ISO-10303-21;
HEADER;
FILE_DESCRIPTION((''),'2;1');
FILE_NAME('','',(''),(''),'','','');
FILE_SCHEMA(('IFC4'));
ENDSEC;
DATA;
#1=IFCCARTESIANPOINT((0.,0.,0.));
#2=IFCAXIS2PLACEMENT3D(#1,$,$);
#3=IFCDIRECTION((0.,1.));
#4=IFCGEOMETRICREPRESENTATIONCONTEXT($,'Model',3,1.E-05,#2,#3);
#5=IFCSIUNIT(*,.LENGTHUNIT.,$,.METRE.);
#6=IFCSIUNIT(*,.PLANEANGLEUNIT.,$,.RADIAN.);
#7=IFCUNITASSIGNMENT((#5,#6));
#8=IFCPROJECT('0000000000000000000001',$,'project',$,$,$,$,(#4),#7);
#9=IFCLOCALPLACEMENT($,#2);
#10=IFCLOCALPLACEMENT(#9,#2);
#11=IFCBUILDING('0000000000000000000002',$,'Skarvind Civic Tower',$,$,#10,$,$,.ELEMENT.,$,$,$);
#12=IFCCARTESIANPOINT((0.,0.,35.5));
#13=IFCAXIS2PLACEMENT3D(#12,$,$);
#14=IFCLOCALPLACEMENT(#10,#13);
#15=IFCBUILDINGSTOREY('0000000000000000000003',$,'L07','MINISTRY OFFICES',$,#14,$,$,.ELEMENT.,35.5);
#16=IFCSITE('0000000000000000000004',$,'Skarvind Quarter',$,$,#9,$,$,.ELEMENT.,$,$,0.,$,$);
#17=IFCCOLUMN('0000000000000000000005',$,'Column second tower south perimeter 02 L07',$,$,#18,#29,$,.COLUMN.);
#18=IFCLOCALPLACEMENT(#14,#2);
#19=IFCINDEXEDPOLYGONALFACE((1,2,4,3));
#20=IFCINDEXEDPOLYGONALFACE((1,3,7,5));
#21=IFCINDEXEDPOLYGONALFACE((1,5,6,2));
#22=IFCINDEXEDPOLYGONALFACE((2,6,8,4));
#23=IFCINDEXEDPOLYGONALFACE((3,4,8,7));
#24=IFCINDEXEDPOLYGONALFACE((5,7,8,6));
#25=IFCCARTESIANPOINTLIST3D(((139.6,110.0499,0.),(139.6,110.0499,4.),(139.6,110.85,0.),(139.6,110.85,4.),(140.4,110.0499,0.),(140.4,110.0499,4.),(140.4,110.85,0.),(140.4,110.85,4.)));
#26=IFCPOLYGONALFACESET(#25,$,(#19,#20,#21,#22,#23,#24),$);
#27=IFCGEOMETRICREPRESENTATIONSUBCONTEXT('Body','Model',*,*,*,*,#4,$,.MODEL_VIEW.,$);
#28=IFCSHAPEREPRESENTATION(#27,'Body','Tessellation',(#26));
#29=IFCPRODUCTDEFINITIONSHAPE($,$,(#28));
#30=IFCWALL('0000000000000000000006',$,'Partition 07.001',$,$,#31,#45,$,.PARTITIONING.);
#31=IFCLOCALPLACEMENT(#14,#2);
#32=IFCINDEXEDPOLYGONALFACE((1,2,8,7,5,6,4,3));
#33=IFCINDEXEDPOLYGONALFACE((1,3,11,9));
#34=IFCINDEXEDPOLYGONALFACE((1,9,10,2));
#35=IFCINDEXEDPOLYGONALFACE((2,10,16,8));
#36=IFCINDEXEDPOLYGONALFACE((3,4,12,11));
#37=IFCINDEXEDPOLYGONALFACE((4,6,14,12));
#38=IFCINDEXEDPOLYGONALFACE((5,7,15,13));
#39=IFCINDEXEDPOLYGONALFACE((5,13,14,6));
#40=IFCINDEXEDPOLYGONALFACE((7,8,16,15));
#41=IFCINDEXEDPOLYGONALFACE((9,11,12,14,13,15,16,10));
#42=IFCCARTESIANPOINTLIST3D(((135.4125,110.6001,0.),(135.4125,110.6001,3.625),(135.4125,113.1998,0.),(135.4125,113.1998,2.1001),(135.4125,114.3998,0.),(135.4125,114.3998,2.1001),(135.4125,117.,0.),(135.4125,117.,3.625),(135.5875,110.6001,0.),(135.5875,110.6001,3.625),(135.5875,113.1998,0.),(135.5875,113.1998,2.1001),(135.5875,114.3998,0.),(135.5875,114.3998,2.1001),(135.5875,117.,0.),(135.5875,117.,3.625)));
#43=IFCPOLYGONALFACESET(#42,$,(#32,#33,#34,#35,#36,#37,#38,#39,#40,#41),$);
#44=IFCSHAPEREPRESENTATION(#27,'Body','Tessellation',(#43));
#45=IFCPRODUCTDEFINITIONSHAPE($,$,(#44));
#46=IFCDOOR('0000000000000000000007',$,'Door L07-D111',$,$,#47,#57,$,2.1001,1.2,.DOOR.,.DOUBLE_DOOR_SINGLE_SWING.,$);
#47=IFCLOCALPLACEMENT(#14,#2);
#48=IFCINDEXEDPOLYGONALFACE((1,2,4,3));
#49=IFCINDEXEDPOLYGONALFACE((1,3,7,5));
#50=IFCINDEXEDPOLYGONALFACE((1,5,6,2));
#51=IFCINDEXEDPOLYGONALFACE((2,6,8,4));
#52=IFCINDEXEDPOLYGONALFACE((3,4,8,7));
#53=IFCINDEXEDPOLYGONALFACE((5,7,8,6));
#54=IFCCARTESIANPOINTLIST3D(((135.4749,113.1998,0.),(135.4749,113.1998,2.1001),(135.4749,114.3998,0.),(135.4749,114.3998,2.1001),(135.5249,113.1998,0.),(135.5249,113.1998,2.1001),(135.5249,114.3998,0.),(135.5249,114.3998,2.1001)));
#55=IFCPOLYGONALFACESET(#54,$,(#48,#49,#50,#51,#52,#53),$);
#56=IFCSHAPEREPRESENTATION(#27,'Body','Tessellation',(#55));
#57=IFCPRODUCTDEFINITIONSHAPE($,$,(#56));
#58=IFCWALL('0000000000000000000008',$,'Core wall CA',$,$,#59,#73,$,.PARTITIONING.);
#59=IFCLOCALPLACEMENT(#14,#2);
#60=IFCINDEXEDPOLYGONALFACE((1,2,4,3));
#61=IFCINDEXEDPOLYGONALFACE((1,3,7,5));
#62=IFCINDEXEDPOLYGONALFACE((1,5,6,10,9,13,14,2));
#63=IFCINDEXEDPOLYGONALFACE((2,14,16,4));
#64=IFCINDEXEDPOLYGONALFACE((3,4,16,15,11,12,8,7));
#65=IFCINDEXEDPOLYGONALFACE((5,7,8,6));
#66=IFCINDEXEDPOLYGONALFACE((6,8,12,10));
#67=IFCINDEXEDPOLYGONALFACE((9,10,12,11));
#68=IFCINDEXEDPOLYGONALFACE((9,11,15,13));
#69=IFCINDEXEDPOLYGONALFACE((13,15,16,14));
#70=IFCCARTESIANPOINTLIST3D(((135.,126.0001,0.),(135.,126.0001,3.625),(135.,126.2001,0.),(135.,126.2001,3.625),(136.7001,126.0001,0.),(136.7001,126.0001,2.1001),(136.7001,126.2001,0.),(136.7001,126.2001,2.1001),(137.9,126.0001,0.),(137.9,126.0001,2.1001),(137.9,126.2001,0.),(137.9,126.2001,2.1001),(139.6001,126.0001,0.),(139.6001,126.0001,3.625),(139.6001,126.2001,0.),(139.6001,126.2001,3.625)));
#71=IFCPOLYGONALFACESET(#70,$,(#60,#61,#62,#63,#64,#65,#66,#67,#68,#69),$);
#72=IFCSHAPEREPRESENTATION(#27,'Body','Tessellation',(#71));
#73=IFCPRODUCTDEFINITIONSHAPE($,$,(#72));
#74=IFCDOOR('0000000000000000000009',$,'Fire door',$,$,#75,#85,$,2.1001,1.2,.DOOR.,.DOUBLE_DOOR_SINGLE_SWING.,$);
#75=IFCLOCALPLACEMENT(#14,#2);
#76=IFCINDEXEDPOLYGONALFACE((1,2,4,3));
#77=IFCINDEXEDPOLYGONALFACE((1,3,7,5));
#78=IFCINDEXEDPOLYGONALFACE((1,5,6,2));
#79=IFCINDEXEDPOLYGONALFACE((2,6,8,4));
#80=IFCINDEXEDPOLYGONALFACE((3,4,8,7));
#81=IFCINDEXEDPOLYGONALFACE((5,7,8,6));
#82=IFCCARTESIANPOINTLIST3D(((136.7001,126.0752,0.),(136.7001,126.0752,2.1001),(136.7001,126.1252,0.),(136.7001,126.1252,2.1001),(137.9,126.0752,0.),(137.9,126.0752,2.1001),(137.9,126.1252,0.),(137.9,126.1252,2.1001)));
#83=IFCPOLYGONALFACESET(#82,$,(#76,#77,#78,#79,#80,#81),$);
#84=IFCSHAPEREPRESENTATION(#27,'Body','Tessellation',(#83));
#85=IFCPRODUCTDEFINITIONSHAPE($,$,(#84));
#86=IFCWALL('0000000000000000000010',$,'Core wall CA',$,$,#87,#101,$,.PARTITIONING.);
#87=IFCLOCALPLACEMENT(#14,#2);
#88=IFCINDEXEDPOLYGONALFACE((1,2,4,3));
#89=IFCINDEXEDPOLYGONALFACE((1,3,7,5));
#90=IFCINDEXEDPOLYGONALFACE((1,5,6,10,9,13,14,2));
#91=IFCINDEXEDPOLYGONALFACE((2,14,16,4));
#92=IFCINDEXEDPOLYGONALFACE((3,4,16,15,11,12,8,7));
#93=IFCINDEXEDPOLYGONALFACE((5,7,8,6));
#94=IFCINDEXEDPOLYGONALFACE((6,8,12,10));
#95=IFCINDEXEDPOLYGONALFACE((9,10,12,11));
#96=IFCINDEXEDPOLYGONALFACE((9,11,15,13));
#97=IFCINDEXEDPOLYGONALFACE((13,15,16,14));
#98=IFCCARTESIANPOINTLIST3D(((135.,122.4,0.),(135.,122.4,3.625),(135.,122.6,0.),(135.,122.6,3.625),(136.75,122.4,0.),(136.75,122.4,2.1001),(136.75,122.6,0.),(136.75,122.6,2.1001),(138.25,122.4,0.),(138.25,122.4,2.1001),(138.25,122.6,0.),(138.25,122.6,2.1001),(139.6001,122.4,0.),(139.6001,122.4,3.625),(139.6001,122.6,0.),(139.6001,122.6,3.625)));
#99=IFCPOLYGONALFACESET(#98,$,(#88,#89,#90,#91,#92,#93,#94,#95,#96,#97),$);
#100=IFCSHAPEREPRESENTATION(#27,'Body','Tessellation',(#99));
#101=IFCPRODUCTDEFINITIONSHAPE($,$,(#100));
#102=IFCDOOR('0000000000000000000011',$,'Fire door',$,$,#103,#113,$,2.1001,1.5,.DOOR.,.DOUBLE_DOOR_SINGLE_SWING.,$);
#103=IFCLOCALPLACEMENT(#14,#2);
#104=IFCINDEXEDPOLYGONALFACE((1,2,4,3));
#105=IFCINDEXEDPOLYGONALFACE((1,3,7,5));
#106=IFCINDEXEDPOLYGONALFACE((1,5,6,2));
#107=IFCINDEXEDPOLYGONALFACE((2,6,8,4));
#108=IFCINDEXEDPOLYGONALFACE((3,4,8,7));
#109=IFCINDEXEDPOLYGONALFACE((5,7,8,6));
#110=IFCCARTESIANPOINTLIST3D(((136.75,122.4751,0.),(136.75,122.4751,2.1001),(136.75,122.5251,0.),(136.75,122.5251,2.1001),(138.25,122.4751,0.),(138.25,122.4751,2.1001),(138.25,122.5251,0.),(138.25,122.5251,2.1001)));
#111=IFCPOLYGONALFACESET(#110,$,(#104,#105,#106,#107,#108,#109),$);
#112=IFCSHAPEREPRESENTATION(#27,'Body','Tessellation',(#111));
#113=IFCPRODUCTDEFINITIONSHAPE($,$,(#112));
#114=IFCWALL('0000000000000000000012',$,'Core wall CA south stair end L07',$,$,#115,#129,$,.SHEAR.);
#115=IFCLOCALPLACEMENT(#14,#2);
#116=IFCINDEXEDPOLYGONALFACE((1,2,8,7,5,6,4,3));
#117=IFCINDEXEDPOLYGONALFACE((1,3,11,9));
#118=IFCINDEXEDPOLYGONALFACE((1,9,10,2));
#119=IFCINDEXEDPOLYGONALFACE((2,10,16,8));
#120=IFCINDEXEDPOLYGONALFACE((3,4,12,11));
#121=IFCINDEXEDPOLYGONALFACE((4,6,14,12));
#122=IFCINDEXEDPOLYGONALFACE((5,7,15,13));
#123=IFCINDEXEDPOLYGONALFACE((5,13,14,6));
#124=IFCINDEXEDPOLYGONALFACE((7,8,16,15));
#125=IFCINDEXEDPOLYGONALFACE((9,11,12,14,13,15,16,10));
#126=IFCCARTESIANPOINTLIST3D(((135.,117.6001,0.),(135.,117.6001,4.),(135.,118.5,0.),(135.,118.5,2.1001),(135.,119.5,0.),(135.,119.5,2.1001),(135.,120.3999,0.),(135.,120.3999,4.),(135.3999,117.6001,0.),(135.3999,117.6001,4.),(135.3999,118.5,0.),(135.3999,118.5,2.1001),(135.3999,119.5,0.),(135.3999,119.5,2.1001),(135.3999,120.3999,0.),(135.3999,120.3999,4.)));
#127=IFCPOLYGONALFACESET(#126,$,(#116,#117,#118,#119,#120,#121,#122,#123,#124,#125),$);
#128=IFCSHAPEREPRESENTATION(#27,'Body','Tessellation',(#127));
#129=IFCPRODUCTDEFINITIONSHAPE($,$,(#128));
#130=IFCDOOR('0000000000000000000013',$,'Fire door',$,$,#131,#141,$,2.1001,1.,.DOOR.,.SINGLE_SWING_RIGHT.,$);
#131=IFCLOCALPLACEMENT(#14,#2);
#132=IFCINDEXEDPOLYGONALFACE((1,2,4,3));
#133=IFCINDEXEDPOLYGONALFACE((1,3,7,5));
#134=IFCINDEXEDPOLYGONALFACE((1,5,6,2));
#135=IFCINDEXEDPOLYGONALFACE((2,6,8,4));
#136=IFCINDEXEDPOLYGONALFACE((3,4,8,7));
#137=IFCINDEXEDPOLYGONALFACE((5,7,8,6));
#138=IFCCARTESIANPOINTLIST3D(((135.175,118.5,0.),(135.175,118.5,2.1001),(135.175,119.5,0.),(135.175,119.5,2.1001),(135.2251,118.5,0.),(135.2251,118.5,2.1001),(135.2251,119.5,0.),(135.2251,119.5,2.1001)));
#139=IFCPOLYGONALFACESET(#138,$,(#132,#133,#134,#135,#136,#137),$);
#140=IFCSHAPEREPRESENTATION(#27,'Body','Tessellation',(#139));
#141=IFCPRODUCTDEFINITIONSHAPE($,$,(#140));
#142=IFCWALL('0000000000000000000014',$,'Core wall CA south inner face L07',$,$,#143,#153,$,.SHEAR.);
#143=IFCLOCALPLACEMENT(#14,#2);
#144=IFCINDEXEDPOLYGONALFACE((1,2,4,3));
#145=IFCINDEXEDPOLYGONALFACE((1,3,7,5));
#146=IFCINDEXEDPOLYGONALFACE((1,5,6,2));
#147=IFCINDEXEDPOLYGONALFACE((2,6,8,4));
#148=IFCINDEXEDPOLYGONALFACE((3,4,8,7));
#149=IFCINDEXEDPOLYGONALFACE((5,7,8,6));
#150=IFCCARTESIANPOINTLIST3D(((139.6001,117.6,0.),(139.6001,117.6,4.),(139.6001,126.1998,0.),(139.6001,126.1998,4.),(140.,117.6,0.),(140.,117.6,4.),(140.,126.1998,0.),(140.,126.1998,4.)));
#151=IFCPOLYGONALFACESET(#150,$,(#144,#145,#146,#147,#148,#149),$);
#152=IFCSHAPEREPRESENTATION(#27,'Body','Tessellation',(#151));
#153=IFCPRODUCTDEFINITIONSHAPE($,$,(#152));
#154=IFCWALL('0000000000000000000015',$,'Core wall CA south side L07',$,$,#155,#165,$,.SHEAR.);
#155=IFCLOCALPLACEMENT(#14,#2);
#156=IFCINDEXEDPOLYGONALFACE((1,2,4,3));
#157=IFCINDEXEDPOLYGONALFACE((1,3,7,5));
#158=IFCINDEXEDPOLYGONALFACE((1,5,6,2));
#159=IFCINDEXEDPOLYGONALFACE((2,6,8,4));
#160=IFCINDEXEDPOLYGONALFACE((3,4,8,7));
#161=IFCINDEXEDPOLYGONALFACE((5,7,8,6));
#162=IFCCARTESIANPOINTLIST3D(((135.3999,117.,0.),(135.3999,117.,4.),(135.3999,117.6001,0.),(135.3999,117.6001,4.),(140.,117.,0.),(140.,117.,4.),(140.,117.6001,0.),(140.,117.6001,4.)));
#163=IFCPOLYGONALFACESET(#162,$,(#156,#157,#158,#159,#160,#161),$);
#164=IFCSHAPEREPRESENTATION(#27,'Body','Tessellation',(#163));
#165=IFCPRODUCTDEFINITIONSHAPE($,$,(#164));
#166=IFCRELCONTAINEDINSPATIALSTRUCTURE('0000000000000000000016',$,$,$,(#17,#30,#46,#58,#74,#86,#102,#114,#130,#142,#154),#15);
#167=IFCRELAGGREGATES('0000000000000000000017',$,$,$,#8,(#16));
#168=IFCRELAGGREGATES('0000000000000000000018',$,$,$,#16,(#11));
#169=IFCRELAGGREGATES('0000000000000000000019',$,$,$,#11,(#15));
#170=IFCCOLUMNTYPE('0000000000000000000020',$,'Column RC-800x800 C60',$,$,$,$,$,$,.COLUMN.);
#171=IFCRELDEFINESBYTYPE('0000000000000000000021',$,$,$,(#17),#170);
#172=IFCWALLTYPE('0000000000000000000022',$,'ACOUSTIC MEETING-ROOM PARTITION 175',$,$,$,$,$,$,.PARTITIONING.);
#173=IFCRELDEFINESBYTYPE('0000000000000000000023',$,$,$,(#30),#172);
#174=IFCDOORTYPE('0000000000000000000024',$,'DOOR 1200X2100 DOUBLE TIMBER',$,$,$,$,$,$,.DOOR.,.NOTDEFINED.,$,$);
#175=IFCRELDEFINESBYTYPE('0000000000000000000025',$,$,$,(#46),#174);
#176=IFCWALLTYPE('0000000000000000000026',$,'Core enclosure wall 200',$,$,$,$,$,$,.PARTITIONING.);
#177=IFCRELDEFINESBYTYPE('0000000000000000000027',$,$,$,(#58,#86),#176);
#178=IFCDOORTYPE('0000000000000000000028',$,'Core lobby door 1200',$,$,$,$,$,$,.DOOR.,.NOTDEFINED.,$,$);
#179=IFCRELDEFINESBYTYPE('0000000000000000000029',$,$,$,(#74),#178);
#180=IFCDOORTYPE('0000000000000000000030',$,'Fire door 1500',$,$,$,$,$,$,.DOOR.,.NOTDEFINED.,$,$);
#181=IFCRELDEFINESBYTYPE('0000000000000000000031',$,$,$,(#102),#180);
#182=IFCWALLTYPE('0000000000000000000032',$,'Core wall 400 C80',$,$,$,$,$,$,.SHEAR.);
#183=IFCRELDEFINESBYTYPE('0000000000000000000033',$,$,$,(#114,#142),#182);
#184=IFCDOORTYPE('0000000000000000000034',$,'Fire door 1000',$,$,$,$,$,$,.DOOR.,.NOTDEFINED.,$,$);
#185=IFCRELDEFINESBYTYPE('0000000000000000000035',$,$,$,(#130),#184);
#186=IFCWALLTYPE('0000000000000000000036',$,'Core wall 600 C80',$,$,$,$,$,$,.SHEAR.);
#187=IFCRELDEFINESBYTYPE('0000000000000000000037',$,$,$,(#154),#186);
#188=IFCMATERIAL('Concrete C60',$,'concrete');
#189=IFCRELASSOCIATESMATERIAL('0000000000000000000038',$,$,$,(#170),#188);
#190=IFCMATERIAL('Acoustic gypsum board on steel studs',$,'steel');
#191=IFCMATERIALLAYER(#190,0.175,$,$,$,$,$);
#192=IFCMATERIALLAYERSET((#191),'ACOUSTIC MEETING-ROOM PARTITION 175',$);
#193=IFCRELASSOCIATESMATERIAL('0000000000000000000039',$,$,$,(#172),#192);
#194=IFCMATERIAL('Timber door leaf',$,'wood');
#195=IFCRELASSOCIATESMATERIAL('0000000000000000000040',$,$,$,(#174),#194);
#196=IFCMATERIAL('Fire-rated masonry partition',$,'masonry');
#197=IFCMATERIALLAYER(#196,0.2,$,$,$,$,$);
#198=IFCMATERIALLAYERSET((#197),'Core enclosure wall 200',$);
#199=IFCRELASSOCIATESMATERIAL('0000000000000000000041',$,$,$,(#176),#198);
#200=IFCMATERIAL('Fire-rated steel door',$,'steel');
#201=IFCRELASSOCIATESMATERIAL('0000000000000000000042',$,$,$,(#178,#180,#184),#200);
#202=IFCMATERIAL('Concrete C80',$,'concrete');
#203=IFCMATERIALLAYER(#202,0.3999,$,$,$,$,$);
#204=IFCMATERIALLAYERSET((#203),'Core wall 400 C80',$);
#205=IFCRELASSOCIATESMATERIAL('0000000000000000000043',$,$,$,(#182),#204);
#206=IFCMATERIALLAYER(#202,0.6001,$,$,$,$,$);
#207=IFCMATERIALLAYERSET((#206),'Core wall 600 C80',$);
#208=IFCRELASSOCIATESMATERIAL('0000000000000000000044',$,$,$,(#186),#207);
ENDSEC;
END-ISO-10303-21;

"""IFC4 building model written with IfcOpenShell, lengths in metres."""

from ifc_helpers import new_model, si_unit, direction, frame, frame_2d, origin, origin_2d, place, context, subcontext, project, spatial, rectangle, extrude, material, layer, layer_set, material_profile, profile_set, type_object, element, fill, save


model = new_model("IFC4")

# Units and contexts
model_context = context("Model", 3, precision=1e-05, world=origin(), true_north=direction((0.0, 1.0)))
body_context = subcontext(model_context, "Body", "Model", "MODEL_VIEW")
ifc_project = project(units=[si_unit("LENGTHUNIT", "METRE"), si_unit("PLANEANGLEUNIT", "RADIAN")], contexts=[model_context])

# Site, building, storey
site_placement = place(None, origin())
site = spatial("IfcSite", under=ifc_project, at=site_placement, Name="Skarvind Quarter", CompositionType="ELEMENT", RefElevation=0.0)
building_placement = place(site_placement, origin())
building = spatial("IfcBuilding", under=site, at=building_placement, Name="Skarvind Civic Tower", CompositionType="ELEMENT")
storey_placement = place(building_placement, frame((0.0, 0.0, 35.5)))
storey = spatial("IfcBuildingStorey", under=building, at=storey_placement, Name="L07", Description="MINISTRY OFFICES", CompositionType="ELEMENT", Elevation=35.5)

# Column
ifc_material_1 = material(Name="Concrete C60", Category="concrete")
ifc_material_profile = material_profile(ifc_material_1, rectangle(XDim=0.8, YDim=0.8, at=origin_2d()), Name="RC-800x800")
ifc_profile_set = profile_set([ifc_material_profile], Name="Concrete C60")
column_type = type_object("IfcColumnType", Name="Column RC-800x800 C60", PredefinedType="COLUMN", material=ifc_profile_set)
column_placement = place(storey_placement, frame((140.0, 110.45, 0.0), z_axis=(0.0, 0.0, 1.0), x_axis=(1.0, 0.0, 0.0)))
element("IfcColumn", 1, at=column_placement, inside=storey, type_object=column_type, Name="Column second tower south perimeter 02 L07", PredefinedType="COLUMN", context=body_context, shape_type="SweptSolid", body=[
    extrude(rectangle(XDim=0.8, YDim=0.8, at=origin_2d()), origin(), (0.0, 0.0, 1.0), 4.0),
])

# Walls, openings, doors
ifc_material_2 = material(Name="Acoustic gypsum board on steel studs", Category="steel")
ifc_layer_1 = layer(ifc_material_2, 0.175)
ifc_layer_set_1 = layer_set([ifc_layer_1], Name="ACOUSTIC MEETING-ROOM PARTITION 175")
wall_type_1 = type_object("IfcWallType", Name="ACOUSTIC MEETING-ROOM PARTITION 175", PredefinedType="PARTITIONING", material=ifc_layer_set_1)
wall_1_placement = place(storey_placement, frame((135.5, 117.0, 0.0), z_axis=(0.0, 0.0, 1.0), x_axis=(0.0, -1.0, 0.0)))
wall_1 = element("IfcWall", 2, at=wall_1_placement, inside=storey, type_object=wall_type_1, Name="Partition 07.001", PredefinedType="PARTITIONING", context=body_context, shape_type="SweptSolid", body=[
    extrude(rectangle(XDim=6.3999, YDim=0.175, at=frame_2d((3.2, 0.0))), origin(), (0.0, 0.0, 1.0), 3.625),
])
opening_1_placement = place(wall_1_placement, frame((2.6001, 0.0, 0.0)))
opening_1 = element("IfcOpeningElement", 3, at=opening_1_placement, cuts=wall_1, PredefinedType="OPENING", context=body_context, shape_type="SweptSolid", body=[
    extrude(rectangle(XDim=1.2, YDim=2.1001, at=frame_2d((0.6001, 1.05))), frame((0.0, 0.0974, 0.0), z_axis=(0.0, -1.0, 0.0), x_axis=(1.0, 0.0, 0.0)), (0.0, 0.0, 1.0), 0.1951),
])
ifc_material_3 = material(Name="Timber door leaf", Category="wood")
door_type_1 = type_object("IfcDoorType", Name="DOOR 1200X2100 DOUBLE TIMBER", OperationType="NOTDEFINED", PredefinedType="DOOR", material=ifc_material_3)
door_1_placement = place(opening_1_placement, origin())
door_1 = element("IfcDoor", 4, at=door_1_placement, inside=storey, type_object=door_type_1, Name="Door L07-D111", OperationType="DOUBLE_DOOR_SINGLE_SWING", OverallHeight=2.1001, OverallWidth=1.2, PredefinedType="DOOR", context=body_context, shape_type="SweptSolid", body=[
    extrude(rectangle(XDim=1.2, YDim=2.1001, at=frame_2d((0.6001, 1.05))), frame((0.0, 0.0249, 0.0), z_axis=(0.0, -1.0, 0.0), x_axis=(1.0, 0.0, 0.0)), (0.0, 0.0, 1.0), 0.05),
])
fill(opening_1, door_1)
ifc_material_4 = material(Name="Fire-rated masonry partition", Category="masonry")
ifc_layer_2 = layer(ifc_material_4, 0.2)
ifc_layer_set_2 = layer_set([ifc_layer_2], Name="Core enclosure wall 200")
wall_type_2 = type_object("IfcWallType", Name="Core enclosure wall 200", PredefinedType="PARTITIONING", material=ifc_layer_set_2)
wall_2_placement = place(storey_placement, frame((139.6001, 126.1001, 0.0), z_axis=(0.0, 0.0, 1.0), x_axis=(-1.0, 0.0, 0.0)))
wall_2 = element("IfcWall", 5, at=wall_2_placement, inside=storey, type_object=wall_type_2, Name="Core wall CA", PredefinedType="PARTITIONING", context=body_context, shape_type="SweptSolid", body=[
    extrude(rectangle(XDim=4.6001, YDim=0.2, at=frame_2d((2.3, 0.0))), origin(), (0.0, 0.0, 1.0), 3.625),
])
opening_2_placement = place(wall_2_placement, frame((1.7, 0.0, 0.0)))
opening_2 = element("IfcOpeningElement", 6, at=opening_2_placement, cuts=wall_2, PredefinedType="OPENING", context=body_context, shape_type="SweptSolid", body=[
    extrude(rectangle(XDim=1.2, YDim=2.1001, at=frame_2d((0.6001, 1.05))), frame((0.0, 0.1099, 0.0), z_axis=(0.0, -1.0, 0.0), x_axis=(1.0, 0.0, 0.0)), (0.0, 0.0, 1.0), 0.22),
])
ifc_material_5 = material(Name="Fire-rated steel door", Category="steel")
door_type_2 = type_object("IfcDoorType", Name="Core lobby door 1200", OperationType="NOTDEFINED", PredefinedType="DOOR", material=ifc_material_5)
door_2_placement = place(opening_2_placement, origin())
door_2 = element("IfcDoor", 7, at=door_2_placement, inside=storey, type_object=door_type_2, Name="Fire door", OperationType="DOUBLE_DOOR_SINGLE_SWING", OverallHeight=2.1001, OverallWidth=1.2, PredefinedType="DOOR", context=body_context, shape_type="SweptSolid", body=[
    extrude(rectangle(XDim=1.2, YDim=2.1001, at=frame_2d((0.6001, 1.05))), frame((0.0, 0.0249, 0.0), z_axis=(0.0, -1.0, 0.0), x_axis=(1.0, 0.0, 0.0)), (0.0, 0.0, 1.0), 0.05),
])
fill(opening_2, door_2)
wall_3_placement = place(storey_placement, frame((139.6001, 122.5, 0.0), z_axis=(0.0, 0.0, 1.0), x_axis=(-1.0, 0.0, 0.0)))
wall_3 = element("IfcWall", 8, at=wall_3_placement, inside=storey, type_object=wall_type_2, Name="Core wall CA", PredefinedType="PARTITIONING", context=body_context, shape_type="SweptSolid", body=[
    extrude(rectangle(XDim=4.6001, YDim=0.2, at=frame_2d((2.3, 0.0))), origin(), (0.0, 0.0, 1.0), 3.625),
])
opening_3_placement = place(wall_3_placement, frame((1.3501, 0.0, 0.0)))
opening_3 = element("IfcOpeningElement", 9, at=opening_3_placement, cuts=wall_3, PredefinedType="OPENING", context=body_context, shape_type="SweptSolid", body=[
    extrude(rectangle(XDim=1.5, YDim=2.1001, at=frame_2d((0.75, 1.05))), frame((0.0, 0.1099, 0.0), z_axis=(0.0, -1.0, 0.0), x_axis=(1.0, 0.0, 0.0)), (0.0, 0.0, 1.0), 0.22),
])
door_type_3 = type_object("IfcDoorType", Name="Fire door 1500", OperationType="NOTDEFINED", PredefinedType="DOOR", material=ifc_material_5)
door_3_placement = place(opening_3_placement, origin())
door_3 = element("IfcDoor", 10, at=door_3_placement, inside=storey, type_object=door_type_3, Name="Fire door", OperationType="DOUBLE_DOOR_SINGLE_SWING", OverallHeight=2.1001, OverallWidth=1.5, PredefinedType="DOOR", context=body_context, shape_type="SweptSolid", body=[
    extrude(rectangle(XDim=1.5, YDim=2.1001, at=frame_2d((0.75, 1.05))), frame((0.0, 0.0249, 0.0), z_axis=(0.0, -1.0, 0.0), x_axis=(1.0, 0.0, 0.0)), (0.0, 0.0, 1.0), 0.05),
])
fill(opening_3, door_3)
ifc_material_6 = material(Name="Concrete C80", Category="concrete")
ifc_layer_3 = layer(ifc_material_6, 0.3999)
ifc_layer_set_3 = layer_set([ifc_layer_3], Name="Core wall 400 C80")
wall_type_3 = type_object("IfcWallType", Name="Core wall 400 C80", PredefinedType="SHEAR", material=ifc_layer_set_3)
wall_4_placement = place(storey_placement, frame((135.2, 117.6001, 0.0), z_axis=(0.0, 0.0, 1.0), x_axis=(0.0, 1.0, 0.0)))
wall_4 = element("IfcWall", 11, at=wall_4_placement, inside=storey, type_object=wall_type_3, Name="Core wall CA south stair end L07", PredefinedType="SHEAR", context=body_context, shape_type="SweptSolid", body=[
    extrude(rectangle(XDim=2.7998, YDim=0.3999, at=frame_2d((1.3999, 0.0))), origin(), (0.0, 0.0, 1.0), 4.0),
])
opening_4_placement = place(wall_4_placement, frame((0.8999, 0.0, 0.0)))
opening_4 = element("IfcOpeningElement", 12, at=opening_4_placement, cuts=wall_4, PredefinedType="OPENING", context=body_context, shape_type="SweptSolid", body=[
    extrude(rectangle(XDim=1.0, YDim=2.1001, at=frame_2d((0.5, 1.05))), frame((0.0, 0.21, 0.0), z_axis=(0.0, -1.0, 0.0), x_axis=(1.0, 0.0, 0.0)), (0.0, 0.0, 1.0), 0.4199),
])
door_type_4 = type_object("IfcDoorType", Name="Fire door 1000", OperationType="NOTDEFINED", PredefinedType="DOOR", material=ifc_material_5)
door_4_placement = place(opening_4_placement, origin())
door_4 = element("IfcDoor", 13, at=door_4_placement, inside=storey, type_object=door_type_4, Name="Fire door", OperationType="SINGLE_SWING_RIGHT", OverallHeight=2.1001, OverallWidth=1.0, PredefinedType="DOOR", context=body_context, shape_type="SweptSolid", body=[
    extrude(rectangle(XDim=1.0, YDim=2.1001, at=frame_2d((0.5, 1.05))), frame((0.0, 0.0249, 0.0), z_axis=(0.0, -1.0, 0.0), x_axis=(1.0, 0.0, 0.0)), (0.0, 0.0, 1.0), 0.05),
])
fill(opening_4, door_4)

# Walls
wall_5_placement = place(storey_placement, frame((139.8, 117.6001, 0.0), z_axis=(0.0, 0.0, 1.0), x_axis=(0.0, 1.0, 0.0)))
element("IfcWall", 14, at=wall_5_placement, inside=storey, type_object=wall_type_3, Name="Core wall CA south inner face L07", PredefinedType="SHEAR", context=body_context, shape_type="SweptSolid", body=[
    extrude(rectangle(XDim=8.5999, YDim=0.3999, at=frame_2d((4.2998, 0.0))), origin(), (0.0, 0.0, 1.0), 4.0),
])
ifc_layer_4 = layer(ifc_material_6, 0.6001)
ifc_layer_set_4 = layer_set([ifc_layer_4], Name="Core wall 600 C80")
wall_type_4 = type_object("IfcWallType", Name="Core wall 600 C80", PredefinedType="SHEAR", material=ifc_layer_set_4)
wall_6_placement = place(storey_placement, frame((135.3999, 117.3, 0.0), z_axis=(0.0, 0.0, 1.0), x_axis=(1.0, 0.0, 0.0)))
element("IfcWall", 15, at=wall_6_placement, inside=storey, type_object=wall_type_4, Name="Core wall CA south side L07", PredefinedType="SHEAR", context=body_context, shape_type="SweptSolid", body=[
    extrude(rectangle(XDim=4.6001, YDim=0.6001, at=frame_2d((2.3, 0.0))), origin(), (0.0, 0.0, 1.0), 4.0),
])

save(model, "model.ifc")
